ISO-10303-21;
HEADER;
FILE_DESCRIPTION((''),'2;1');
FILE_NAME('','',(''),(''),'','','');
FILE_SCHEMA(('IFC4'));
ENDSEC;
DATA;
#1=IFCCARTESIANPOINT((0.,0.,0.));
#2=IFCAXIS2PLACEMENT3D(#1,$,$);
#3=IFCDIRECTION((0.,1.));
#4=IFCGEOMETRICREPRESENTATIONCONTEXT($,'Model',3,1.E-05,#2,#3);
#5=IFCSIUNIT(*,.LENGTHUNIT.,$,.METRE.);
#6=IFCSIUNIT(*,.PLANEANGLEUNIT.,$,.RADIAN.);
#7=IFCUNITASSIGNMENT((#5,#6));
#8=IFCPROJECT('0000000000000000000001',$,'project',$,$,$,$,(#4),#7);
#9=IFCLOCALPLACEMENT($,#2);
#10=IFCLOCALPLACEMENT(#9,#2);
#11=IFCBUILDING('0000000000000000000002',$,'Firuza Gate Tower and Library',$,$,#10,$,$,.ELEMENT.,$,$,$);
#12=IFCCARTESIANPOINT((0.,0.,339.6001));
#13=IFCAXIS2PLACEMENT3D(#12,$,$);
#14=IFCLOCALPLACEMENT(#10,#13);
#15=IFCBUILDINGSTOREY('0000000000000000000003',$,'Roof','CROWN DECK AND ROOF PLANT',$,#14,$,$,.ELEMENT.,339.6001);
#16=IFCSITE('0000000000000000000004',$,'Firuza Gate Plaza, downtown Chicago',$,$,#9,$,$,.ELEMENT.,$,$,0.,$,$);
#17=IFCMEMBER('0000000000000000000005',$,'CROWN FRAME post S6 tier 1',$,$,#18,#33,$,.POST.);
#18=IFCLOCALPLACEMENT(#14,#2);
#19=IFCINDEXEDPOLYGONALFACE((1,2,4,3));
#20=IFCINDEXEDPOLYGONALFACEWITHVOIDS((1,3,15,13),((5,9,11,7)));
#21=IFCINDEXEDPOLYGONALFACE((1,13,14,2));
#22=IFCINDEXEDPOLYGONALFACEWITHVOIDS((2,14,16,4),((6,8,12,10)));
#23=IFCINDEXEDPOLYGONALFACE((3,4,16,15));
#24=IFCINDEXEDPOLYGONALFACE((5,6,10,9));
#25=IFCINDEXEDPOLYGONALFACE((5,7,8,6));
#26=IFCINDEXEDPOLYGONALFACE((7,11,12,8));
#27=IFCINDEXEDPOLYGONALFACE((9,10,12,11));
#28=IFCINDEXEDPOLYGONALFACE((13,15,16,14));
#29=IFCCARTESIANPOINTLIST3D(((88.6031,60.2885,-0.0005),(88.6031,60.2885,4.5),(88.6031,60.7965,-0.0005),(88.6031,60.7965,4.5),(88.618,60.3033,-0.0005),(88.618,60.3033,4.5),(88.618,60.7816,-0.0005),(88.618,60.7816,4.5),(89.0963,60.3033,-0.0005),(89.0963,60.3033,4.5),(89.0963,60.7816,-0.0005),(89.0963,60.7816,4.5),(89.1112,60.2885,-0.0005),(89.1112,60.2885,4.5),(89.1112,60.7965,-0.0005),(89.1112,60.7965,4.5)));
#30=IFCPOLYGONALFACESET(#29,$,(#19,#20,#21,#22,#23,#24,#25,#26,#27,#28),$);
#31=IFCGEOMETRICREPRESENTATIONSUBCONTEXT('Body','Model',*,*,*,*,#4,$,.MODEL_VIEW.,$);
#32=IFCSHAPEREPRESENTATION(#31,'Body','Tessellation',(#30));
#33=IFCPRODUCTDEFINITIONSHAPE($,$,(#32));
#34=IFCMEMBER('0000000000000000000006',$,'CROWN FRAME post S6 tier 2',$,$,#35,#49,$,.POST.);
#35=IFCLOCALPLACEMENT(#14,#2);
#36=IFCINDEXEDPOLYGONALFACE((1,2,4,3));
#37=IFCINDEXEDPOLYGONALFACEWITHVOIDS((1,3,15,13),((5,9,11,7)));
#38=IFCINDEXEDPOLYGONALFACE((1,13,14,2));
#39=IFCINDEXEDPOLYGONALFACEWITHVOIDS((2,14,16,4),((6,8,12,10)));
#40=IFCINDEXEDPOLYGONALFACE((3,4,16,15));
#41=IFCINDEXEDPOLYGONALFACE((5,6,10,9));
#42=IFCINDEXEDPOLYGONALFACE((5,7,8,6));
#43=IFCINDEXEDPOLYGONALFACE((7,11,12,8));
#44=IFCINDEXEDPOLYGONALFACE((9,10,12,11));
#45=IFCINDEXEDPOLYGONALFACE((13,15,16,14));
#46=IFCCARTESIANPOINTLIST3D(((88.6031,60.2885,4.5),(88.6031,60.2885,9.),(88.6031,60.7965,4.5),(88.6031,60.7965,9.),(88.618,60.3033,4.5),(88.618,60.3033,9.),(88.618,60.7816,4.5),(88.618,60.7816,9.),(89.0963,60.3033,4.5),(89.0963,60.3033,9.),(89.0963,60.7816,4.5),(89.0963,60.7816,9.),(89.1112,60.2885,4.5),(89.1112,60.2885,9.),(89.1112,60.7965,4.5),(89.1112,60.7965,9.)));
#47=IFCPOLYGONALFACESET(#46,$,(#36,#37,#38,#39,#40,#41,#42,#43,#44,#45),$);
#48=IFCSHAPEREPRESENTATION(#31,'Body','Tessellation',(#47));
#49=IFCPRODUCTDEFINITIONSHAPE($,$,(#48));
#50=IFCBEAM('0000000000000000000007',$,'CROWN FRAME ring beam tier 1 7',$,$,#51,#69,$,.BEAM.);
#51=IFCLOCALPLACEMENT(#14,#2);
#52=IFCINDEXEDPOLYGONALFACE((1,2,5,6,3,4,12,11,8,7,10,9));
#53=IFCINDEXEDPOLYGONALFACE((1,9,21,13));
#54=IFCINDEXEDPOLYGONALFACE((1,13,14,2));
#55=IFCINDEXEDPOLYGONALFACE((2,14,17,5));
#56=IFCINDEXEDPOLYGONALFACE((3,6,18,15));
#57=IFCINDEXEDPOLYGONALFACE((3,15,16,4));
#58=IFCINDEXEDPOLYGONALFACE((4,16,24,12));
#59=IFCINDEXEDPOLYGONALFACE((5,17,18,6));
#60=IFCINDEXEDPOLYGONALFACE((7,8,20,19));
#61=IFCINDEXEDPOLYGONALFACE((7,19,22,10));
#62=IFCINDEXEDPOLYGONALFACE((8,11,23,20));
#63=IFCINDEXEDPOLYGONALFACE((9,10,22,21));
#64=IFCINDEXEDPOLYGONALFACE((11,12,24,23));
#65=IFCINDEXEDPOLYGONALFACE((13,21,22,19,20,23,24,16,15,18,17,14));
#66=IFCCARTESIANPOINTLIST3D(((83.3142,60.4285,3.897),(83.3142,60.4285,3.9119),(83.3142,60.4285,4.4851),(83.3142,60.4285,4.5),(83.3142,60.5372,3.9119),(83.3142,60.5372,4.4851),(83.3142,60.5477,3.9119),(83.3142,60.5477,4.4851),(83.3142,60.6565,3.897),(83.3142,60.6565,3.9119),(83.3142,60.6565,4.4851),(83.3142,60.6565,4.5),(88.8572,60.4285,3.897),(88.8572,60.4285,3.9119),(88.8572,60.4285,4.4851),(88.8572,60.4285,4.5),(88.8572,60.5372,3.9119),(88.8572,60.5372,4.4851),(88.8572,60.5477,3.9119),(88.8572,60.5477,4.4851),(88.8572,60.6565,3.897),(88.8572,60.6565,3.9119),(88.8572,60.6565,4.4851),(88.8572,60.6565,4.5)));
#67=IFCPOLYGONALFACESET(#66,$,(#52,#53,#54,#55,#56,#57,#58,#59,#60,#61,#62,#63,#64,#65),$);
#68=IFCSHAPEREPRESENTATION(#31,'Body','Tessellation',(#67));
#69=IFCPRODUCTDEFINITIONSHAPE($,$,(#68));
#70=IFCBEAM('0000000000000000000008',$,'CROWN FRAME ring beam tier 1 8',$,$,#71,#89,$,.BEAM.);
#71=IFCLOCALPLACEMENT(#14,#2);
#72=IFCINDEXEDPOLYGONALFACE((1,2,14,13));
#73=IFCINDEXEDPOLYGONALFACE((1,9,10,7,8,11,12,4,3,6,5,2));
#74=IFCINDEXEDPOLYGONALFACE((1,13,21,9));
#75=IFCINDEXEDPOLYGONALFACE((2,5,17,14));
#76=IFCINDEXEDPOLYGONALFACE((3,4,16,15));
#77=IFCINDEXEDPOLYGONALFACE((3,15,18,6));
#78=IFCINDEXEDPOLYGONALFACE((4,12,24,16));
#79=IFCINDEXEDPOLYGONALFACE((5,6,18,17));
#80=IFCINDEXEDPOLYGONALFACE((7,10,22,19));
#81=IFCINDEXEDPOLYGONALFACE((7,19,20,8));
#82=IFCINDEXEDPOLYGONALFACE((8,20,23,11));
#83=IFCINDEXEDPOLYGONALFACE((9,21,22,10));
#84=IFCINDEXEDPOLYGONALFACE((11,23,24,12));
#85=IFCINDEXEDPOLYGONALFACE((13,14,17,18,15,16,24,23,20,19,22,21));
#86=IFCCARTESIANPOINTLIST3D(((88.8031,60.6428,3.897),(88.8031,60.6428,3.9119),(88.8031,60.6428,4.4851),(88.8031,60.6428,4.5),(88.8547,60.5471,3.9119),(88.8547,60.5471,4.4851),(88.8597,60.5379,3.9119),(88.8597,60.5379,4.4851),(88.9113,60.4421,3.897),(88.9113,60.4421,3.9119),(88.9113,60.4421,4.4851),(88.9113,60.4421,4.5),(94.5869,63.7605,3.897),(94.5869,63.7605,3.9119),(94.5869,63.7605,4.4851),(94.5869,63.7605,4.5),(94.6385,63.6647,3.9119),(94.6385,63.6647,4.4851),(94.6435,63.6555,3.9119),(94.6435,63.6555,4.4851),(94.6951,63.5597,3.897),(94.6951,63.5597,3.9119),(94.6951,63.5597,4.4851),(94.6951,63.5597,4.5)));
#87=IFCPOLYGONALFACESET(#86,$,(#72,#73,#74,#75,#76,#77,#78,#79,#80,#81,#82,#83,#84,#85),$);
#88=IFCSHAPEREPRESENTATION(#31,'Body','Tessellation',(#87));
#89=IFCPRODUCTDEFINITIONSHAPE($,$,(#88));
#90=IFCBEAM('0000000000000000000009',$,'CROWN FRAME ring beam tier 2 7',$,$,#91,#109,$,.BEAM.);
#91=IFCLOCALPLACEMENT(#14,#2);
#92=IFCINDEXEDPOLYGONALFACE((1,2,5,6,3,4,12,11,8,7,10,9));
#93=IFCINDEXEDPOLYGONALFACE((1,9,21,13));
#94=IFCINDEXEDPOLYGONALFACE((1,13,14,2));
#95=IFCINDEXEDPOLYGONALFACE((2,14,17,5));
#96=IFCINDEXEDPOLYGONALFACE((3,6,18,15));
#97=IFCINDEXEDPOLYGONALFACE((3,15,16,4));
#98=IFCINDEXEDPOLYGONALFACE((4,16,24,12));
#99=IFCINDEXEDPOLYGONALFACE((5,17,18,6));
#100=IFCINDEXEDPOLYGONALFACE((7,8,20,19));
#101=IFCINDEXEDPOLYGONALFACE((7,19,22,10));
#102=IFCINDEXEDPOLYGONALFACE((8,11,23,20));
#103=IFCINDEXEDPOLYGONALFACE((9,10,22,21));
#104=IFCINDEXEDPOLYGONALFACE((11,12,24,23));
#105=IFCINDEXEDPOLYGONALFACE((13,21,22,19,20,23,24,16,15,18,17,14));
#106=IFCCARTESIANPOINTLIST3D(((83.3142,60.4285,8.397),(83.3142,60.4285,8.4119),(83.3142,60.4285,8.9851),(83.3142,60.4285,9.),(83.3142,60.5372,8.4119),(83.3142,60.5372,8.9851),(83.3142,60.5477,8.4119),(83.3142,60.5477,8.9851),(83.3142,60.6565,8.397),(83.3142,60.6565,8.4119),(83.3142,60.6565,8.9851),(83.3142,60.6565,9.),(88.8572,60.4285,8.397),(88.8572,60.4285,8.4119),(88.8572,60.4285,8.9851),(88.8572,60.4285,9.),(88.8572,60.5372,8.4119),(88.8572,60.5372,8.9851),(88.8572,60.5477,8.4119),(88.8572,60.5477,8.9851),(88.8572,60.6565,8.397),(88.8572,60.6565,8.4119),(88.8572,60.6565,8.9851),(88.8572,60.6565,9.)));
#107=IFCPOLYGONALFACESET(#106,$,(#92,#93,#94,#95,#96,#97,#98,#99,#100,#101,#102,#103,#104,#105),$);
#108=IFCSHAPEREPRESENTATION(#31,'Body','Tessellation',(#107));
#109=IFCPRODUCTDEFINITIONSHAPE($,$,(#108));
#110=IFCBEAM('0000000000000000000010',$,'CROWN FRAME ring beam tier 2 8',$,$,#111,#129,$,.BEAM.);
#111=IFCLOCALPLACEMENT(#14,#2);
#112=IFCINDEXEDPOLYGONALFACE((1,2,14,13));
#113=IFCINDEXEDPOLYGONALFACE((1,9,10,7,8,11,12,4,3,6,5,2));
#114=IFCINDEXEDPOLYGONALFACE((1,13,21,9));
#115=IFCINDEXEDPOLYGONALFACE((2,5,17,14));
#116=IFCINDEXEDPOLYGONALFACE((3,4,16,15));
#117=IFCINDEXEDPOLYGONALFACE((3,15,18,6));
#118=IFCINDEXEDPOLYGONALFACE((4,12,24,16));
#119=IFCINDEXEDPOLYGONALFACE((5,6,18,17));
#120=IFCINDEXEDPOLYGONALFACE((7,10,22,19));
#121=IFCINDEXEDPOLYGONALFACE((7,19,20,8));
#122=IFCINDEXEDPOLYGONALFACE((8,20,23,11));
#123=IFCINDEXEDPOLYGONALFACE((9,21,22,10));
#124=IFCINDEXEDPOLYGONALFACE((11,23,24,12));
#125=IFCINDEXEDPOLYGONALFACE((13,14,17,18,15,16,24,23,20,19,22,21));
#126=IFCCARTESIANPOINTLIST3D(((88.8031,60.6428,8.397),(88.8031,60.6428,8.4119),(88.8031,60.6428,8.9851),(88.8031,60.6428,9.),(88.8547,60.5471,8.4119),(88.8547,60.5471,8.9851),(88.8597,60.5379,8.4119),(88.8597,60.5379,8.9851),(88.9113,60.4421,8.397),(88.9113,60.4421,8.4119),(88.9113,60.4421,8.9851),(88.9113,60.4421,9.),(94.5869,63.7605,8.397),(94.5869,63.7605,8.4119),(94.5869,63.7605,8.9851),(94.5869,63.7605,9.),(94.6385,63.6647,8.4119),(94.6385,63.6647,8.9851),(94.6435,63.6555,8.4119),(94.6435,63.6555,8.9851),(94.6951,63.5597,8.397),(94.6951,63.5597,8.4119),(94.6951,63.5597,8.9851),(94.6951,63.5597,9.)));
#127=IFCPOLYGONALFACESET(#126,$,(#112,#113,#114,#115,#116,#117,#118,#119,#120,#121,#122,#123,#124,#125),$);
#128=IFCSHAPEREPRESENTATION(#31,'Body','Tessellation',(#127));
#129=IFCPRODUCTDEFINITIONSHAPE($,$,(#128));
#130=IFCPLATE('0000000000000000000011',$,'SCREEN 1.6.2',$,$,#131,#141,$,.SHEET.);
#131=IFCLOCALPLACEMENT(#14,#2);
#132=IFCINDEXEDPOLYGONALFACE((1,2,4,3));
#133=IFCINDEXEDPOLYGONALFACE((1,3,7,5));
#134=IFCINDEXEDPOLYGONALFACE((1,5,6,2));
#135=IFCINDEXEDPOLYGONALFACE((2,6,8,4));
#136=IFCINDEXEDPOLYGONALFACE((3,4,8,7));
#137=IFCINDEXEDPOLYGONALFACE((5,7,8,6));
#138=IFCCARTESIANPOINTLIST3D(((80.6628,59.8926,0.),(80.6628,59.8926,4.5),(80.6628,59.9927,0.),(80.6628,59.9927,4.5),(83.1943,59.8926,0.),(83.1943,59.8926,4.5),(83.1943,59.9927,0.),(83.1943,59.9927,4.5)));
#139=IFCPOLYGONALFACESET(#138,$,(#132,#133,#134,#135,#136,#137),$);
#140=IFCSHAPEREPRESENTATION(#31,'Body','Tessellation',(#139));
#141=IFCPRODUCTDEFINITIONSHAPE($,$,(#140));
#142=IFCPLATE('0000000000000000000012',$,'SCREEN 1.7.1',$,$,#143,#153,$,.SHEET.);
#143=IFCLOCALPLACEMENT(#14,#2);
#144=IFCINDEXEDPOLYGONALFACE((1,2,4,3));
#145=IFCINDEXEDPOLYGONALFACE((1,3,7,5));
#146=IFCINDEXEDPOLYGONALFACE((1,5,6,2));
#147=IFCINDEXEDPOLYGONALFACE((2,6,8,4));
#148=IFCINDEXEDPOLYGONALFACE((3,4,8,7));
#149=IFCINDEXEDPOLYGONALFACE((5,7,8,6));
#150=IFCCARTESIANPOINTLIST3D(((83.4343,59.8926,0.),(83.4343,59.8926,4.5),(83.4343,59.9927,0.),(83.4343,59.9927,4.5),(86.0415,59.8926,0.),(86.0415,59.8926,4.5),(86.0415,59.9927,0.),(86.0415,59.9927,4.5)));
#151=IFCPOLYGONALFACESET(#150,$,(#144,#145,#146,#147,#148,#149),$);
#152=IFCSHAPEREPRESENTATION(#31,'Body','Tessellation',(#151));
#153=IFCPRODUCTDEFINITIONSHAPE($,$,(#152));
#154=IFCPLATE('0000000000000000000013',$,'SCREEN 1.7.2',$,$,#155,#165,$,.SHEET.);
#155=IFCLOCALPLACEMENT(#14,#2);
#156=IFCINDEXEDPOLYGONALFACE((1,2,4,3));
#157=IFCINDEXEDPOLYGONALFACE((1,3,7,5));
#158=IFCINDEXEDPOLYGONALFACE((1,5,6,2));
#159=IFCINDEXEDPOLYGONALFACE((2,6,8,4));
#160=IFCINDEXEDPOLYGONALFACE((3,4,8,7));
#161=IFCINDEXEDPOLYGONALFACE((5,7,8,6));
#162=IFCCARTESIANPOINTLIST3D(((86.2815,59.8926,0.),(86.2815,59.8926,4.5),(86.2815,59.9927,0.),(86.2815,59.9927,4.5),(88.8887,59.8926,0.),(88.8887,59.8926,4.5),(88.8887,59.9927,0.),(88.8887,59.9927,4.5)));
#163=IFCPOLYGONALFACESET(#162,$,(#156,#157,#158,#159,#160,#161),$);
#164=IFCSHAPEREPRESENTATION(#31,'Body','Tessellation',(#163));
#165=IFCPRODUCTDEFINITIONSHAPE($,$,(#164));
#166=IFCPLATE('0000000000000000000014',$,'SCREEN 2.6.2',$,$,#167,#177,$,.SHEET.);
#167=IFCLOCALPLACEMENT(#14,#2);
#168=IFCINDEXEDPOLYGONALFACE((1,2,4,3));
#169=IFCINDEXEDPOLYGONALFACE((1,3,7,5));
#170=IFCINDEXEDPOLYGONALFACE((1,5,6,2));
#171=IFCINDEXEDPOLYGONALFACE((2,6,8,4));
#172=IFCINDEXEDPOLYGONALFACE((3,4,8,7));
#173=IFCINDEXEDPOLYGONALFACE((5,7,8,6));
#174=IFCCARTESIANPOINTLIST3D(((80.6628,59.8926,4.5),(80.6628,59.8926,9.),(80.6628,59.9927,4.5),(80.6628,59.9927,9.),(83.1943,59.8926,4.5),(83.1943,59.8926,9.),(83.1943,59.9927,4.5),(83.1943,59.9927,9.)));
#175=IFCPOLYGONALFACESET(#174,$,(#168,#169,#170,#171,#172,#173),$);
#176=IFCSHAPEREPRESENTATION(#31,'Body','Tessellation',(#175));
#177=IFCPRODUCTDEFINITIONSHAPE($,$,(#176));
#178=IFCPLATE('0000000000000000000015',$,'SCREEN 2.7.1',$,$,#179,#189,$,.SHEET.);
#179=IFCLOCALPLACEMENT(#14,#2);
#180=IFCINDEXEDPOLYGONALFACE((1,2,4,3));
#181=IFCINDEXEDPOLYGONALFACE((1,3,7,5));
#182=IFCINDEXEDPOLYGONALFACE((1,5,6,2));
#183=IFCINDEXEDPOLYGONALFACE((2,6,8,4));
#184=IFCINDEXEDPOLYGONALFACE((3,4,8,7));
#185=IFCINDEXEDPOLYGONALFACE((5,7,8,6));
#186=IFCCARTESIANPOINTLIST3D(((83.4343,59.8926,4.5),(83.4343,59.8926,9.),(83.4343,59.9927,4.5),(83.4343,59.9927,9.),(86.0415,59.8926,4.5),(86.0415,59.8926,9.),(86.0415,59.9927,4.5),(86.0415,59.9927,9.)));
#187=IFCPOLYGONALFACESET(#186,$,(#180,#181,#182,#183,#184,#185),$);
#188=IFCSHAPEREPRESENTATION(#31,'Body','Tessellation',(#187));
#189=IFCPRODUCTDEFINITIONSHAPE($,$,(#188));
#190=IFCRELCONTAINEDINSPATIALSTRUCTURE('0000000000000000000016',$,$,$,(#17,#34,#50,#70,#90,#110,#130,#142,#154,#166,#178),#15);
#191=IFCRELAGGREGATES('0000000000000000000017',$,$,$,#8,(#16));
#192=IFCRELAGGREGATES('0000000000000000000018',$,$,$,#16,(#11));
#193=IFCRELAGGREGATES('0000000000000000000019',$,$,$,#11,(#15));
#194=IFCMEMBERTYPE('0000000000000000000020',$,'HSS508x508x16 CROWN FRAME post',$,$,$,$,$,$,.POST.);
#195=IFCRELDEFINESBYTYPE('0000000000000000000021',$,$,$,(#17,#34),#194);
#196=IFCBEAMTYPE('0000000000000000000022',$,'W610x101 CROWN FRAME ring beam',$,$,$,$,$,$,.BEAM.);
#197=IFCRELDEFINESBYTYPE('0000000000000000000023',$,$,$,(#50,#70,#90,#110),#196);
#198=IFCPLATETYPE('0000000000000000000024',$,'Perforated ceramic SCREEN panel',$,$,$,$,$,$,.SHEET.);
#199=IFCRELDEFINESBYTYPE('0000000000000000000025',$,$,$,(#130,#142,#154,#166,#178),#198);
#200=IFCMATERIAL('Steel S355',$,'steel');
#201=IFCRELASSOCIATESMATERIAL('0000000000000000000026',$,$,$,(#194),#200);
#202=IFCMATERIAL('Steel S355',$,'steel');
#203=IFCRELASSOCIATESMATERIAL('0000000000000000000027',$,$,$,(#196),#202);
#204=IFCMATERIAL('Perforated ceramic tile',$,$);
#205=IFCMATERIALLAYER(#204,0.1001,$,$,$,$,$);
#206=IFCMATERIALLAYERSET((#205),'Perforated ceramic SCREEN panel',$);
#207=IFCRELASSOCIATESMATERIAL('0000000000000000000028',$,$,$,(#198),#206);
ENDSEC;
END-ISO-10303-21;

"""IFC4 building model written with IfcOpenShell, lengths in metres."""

from ifc_helpers import new_model, si_unit, direction, frame, origin, origin_2d, place, context, subcontext, project, spatial, polyline, hollow_rectangle, i_section, outline, extrude, material, layer, layer_set, material_profile, profile_set, type_object, element, save


model = new_model("IFC4")

# Units and contexts
model_context = context("Model", 3, precision=1e-05, world=origin(), true_north=direction((0.0, 1.0)))
body_context = subcontext(model_context, "Body", "Model", "MODEL_VIEW")
ifc_project = project(units=[si_unit("LENGTHUNIT", "METRE"), si_unit("PLANEANGLEUNIT", "RADIAN")], contexts=[model_context])

# Site, building, storey
site_placement = place(None, origin())
site = spatial("IfcSite", under=ifc_project, at=site_placement, Name="Firuza Gate Plaza, downtown Chicago", CompositionType="ELEMENT", RefElevation=0.0)
building_placement = place(site_placement, origin())
building = spatial("IfcBuilding", under=site, at=building_placement, Name="Firuza Gate Tower and Library", CompositionType="ELEMENT")
storey_placement = place(building_placement, frame((0.0, 0.0, 339.6001)))
storey = spatial("IfcBuildingStorey", under=building, at=storey_placement, Name="Roof", Description="CROWN DECK AND ROOF PLANT", CompositionType="ELEMENT", Elevation=339.6001)

# Members
ifc_material_1 = material(Name="Steel S355", Category="steel")
ifc_material_profile_1 = material_profile(ifc_material_1, hollow_rectangle(XDim=0.5081, YDim=0.5081, WallThickness=0.0149, at=origin_2d()))
ifc_profile_set_1 = profile_set([ifc_material_profile_1], Name="Steel S355")
member_type_1 = type_object("IfcMemberType", Name="HSS508x508x16 CROWN FRAME post", PredefinedType="POST", material=ifc_profile_set_1)
member_1_placement = place(storey_placement, frame((88.8572, 60.5425, -0.0005), z_axis=(0.0, 0.0, 1.0), x_axis=(1.0, 0.0, 0.0)))
element("IfcMember", 1, at=member_1_placement, inside=storey, type_object=member_type_1, Name="CROWN FRAME post S6 tier 1", PredefinedType="POST", context=body_context, shape_type="SweptSolid", body=[
    extrude(hollow_rectangle(XDim=0.5081, YDim=0.5081, WallThickness=0.0149, at=origin_2d()), origin(), (0.0, 0.0, 1.0), 4.5005),
])
member_2_placement = place(storey_placement, frame((88.8572, 60.5425, 4.5), z_axis=(0.0, 0.0, 1.0), x_axis=(1.0, 0.0, 0.0)))
element("IfcMember", 2, at=member_2_placement, inside=storey, type_object=member_type_1, Name="CROWN FRAME post S6 tier 2", PredefinedType="POST", context=body_context, shape_type="SweptSolid", body=[
    extrude(hollow_rectangle(XDim=0.5081, YDim=0.5081, WallThickness=0.0149, at=origin_2d()), origin(), (0.0, 0.0, 1.0), 4.5),
])

# Beams
ifc_material_2 = material(Name="Steel S355", Category="steel")
ifc_material_profile_2 = material_profile(ifc_material_2, i_section(OverallWidth=0.228, OverallDepth=0.603, WebThickness=0.0105, FlangeThickness=0.0149, at=origin_2d()))
ifc_profile_set_2 = profile_set([ifc_material_profile_2], Name="Steel S355")
beam_type = type_object("IfcBeamType", Name="W610x101 CROWN FRAME ring beam", PredefinedType="BEAM", material=ifc_profile_set_2)
beam_1_placement = place(storey_placement, frame((83.3142, 60.5425, 4.1985), z_axis=(1.0, 0.0, 0.0), x_axis=(0.0, 1.0, 0.0)))
element("IfcBeam", 3, at=beam_1_placement, inside=storey, type_object=beam_type, Name="CROWN FRAME ring beam tier 1 7", PredefinedType="BEAM", context=body_context, shape_type="SweptSolid", body=[
    extrude(i_section(OverallWidth=0.228, OverallDepth=0.603, WebThickness=0.0105, FlangeThickness=0.0149, at=origin_2d()), origin(), (0.0, 0.0, 1.0), 5.543),
])
beam_2_placement = place(storey_placement, frame((88.8572, 60.5425, 4.1985), z_axis=(0.880265, 0.474483, 0.0), x_axis=(-0.474483, 0.880265, 0.0)))
element("IfcBeam", 4, at=beam_2_placement, inside=storey, type_object=beam_type, Name="CROWN FRAME ring beam tier 1 8", PredefinedType="BEAM", context=body_context, shape_type="SweptSolid", body=[
    extrude(i_section(OverallWidth=0.228, OverallDepth=0.603, WebThickness=0.0105, FlangeThickness=0.0149, at=origin_2d()), origin(), (0.0, 0.0, 1.0), 6.5706),
])
beam_3_placement = place(storey_placement, frame((83.3142, 60.5425, 8.6985), z_axis=(1.0, 0.0, 0.0), x_axis=(0.0, 1.0, 0.0)))
element("IfcBeam", 5, at=beam_3_placement, inside=storey, type_object=beam_type, Name="CROWN FRAME ring beam tier 2 7", PredefinedType="BEAM", context=body_context, shape_type="SweptSolid", body=[
    extrude(i_section(OverallWidth=0.228, OverallDepth=0.603, WebThickness=0.0105, FlangeThickness=0.0149, at=origin_2d()), origin(), (0.0, 0.0, 1.0), 5.543),
])
beam_4_placement = place(storey_placement, frame((88.8572, 60.5425, 8.6985), z_axis=(0.880265, 0.474483, 0.0), x_axis=(-0.474483, 0.880265, 0.0)))
element("IfcBeam", 6, at=beam_4_placement, inside=storey, type_object=beam_type, Name="CROWN FRAME ring beam tier 2 8", PredefinedType="BEAM", context=body_context, shape_type="SweptSolid", body=[
    extrude(i_section(OverallWidth=0.228, OverallDepth=0.603, WebThickness=0.0105, FlangeThickness=0.0149, at=origin_2d()), origin(), (0.0, 0.0, 1.0), 6.5706),
])

# Plates
ifc_material_3 = material(Name="Perforated ceramic tile")
ifc_layer = layer(ifc_material_3, 0.1001)
ifc_layer_set = layer_set([ifc_layer], Name="Perforated ceramic SCREEN panel")
plate_type = type_object("IfcPlateType", Name="Perforated ceramic SCREEN panel", PredefinedType="SHEET", material=ifc_layer_set)
plate_1_placement = place(storey_placement, frame((80.6628, 59.8926, 0.0), z_axis=(0.0, -1.0, 0.0), x_axis=(1.0, 0.0, 0.0)))
element("IfcPlate", 7, at=plate_1_placement, inside=storey, type_object=plate_type, Name="SCREEN 1.6.2", PredefinedType="SHEET", context=body_context, shape_type="SweptSolid", body=[
    extrude(outline(polyline([(0.0, 0.0), (2.5315, 0.0), (2.5315, 4.5), (0.0, 4.5), (0.0, 0.0)])), origin(), (0.0, 0.0, -1.0), 0.1001),
])
for number, where, z_axis, x_axis, name in (
    (8, (83.4343, 59.8926, 0.0), (0.0, -1.0, 0.0), (1.0, 0.0, 0.0), "SCREEN 1.7.1"),
    (9, (86.2815, 59.8926, 0.0), (0.0, -1.0, 0.0), (1.0, 0.0, 0.0), "SCREEN 1.7.2"),
):
    element("IfcPlate", number, at=place(storey_placement, frame(where, z_axis=z_axis, x_axis=x_axis)), inside=storey, type_object=plate_type, Name=name, PredefinedType="SHEET", context=body_context, shape_type="SweptSolid", body=[
        extrude(outline(polyline([(0.0, 0.0), (2.6072, 0.0), (2.6072, 4.5), (0.0, 4.5), (0.0, 0.0)])), origin(), (0.0, 0.0, -1.0), 0.1001),
    ])
plate_2_placement = place(storey_placement, frame((80.6628, 59.8926, 4.5), z_axis=(0.0, -1.0, 0.0), x_axis=(1.0, 0.0, 0.0)))
element("IfcPlate", 10, at=plate_2_placement, inside=storey, type_object=plate_type, Name="SCREEN 2.6.2", PredefinedType="SHEET", context=body_context, shape_type="SweptSolid", body=[
    extrude(outline(polyline([(0.0, 0.0), (2.5315, 0.0), (2.5315, 4.5), (0.0, 4.5), (0.0, 0.0)])), origin(), (0.0, 0.0, -1.0), 0.1001),
])
for number, where, z_axis, x_axis, name in (
    (11, (83.4343, 59.8926, 4.5), (0.0, -1.0, 0.0), (1.0, 0.0, 0.0), "SCREEN 2.7.1"),
):
    element("IfcPlate", number, at=place(storey_placement, frame(where, z_axis=z_axis, x_axis=x_axis)), inside=storey, type_object=plate_type, Name=name, PredefinedType="SHEET", context=body_context, shape_type="SweptSolid", body=[
        extrude(outline(polyline([(0.0, 0.0), (2.6072, 0.0), (2.6072, 4.5), (0.0, 4.5), (0.0, 0.0)])), origin(), (0.0, 0.0, -1.0), 0.1001),
    ])

save(model, "model.ifc")
